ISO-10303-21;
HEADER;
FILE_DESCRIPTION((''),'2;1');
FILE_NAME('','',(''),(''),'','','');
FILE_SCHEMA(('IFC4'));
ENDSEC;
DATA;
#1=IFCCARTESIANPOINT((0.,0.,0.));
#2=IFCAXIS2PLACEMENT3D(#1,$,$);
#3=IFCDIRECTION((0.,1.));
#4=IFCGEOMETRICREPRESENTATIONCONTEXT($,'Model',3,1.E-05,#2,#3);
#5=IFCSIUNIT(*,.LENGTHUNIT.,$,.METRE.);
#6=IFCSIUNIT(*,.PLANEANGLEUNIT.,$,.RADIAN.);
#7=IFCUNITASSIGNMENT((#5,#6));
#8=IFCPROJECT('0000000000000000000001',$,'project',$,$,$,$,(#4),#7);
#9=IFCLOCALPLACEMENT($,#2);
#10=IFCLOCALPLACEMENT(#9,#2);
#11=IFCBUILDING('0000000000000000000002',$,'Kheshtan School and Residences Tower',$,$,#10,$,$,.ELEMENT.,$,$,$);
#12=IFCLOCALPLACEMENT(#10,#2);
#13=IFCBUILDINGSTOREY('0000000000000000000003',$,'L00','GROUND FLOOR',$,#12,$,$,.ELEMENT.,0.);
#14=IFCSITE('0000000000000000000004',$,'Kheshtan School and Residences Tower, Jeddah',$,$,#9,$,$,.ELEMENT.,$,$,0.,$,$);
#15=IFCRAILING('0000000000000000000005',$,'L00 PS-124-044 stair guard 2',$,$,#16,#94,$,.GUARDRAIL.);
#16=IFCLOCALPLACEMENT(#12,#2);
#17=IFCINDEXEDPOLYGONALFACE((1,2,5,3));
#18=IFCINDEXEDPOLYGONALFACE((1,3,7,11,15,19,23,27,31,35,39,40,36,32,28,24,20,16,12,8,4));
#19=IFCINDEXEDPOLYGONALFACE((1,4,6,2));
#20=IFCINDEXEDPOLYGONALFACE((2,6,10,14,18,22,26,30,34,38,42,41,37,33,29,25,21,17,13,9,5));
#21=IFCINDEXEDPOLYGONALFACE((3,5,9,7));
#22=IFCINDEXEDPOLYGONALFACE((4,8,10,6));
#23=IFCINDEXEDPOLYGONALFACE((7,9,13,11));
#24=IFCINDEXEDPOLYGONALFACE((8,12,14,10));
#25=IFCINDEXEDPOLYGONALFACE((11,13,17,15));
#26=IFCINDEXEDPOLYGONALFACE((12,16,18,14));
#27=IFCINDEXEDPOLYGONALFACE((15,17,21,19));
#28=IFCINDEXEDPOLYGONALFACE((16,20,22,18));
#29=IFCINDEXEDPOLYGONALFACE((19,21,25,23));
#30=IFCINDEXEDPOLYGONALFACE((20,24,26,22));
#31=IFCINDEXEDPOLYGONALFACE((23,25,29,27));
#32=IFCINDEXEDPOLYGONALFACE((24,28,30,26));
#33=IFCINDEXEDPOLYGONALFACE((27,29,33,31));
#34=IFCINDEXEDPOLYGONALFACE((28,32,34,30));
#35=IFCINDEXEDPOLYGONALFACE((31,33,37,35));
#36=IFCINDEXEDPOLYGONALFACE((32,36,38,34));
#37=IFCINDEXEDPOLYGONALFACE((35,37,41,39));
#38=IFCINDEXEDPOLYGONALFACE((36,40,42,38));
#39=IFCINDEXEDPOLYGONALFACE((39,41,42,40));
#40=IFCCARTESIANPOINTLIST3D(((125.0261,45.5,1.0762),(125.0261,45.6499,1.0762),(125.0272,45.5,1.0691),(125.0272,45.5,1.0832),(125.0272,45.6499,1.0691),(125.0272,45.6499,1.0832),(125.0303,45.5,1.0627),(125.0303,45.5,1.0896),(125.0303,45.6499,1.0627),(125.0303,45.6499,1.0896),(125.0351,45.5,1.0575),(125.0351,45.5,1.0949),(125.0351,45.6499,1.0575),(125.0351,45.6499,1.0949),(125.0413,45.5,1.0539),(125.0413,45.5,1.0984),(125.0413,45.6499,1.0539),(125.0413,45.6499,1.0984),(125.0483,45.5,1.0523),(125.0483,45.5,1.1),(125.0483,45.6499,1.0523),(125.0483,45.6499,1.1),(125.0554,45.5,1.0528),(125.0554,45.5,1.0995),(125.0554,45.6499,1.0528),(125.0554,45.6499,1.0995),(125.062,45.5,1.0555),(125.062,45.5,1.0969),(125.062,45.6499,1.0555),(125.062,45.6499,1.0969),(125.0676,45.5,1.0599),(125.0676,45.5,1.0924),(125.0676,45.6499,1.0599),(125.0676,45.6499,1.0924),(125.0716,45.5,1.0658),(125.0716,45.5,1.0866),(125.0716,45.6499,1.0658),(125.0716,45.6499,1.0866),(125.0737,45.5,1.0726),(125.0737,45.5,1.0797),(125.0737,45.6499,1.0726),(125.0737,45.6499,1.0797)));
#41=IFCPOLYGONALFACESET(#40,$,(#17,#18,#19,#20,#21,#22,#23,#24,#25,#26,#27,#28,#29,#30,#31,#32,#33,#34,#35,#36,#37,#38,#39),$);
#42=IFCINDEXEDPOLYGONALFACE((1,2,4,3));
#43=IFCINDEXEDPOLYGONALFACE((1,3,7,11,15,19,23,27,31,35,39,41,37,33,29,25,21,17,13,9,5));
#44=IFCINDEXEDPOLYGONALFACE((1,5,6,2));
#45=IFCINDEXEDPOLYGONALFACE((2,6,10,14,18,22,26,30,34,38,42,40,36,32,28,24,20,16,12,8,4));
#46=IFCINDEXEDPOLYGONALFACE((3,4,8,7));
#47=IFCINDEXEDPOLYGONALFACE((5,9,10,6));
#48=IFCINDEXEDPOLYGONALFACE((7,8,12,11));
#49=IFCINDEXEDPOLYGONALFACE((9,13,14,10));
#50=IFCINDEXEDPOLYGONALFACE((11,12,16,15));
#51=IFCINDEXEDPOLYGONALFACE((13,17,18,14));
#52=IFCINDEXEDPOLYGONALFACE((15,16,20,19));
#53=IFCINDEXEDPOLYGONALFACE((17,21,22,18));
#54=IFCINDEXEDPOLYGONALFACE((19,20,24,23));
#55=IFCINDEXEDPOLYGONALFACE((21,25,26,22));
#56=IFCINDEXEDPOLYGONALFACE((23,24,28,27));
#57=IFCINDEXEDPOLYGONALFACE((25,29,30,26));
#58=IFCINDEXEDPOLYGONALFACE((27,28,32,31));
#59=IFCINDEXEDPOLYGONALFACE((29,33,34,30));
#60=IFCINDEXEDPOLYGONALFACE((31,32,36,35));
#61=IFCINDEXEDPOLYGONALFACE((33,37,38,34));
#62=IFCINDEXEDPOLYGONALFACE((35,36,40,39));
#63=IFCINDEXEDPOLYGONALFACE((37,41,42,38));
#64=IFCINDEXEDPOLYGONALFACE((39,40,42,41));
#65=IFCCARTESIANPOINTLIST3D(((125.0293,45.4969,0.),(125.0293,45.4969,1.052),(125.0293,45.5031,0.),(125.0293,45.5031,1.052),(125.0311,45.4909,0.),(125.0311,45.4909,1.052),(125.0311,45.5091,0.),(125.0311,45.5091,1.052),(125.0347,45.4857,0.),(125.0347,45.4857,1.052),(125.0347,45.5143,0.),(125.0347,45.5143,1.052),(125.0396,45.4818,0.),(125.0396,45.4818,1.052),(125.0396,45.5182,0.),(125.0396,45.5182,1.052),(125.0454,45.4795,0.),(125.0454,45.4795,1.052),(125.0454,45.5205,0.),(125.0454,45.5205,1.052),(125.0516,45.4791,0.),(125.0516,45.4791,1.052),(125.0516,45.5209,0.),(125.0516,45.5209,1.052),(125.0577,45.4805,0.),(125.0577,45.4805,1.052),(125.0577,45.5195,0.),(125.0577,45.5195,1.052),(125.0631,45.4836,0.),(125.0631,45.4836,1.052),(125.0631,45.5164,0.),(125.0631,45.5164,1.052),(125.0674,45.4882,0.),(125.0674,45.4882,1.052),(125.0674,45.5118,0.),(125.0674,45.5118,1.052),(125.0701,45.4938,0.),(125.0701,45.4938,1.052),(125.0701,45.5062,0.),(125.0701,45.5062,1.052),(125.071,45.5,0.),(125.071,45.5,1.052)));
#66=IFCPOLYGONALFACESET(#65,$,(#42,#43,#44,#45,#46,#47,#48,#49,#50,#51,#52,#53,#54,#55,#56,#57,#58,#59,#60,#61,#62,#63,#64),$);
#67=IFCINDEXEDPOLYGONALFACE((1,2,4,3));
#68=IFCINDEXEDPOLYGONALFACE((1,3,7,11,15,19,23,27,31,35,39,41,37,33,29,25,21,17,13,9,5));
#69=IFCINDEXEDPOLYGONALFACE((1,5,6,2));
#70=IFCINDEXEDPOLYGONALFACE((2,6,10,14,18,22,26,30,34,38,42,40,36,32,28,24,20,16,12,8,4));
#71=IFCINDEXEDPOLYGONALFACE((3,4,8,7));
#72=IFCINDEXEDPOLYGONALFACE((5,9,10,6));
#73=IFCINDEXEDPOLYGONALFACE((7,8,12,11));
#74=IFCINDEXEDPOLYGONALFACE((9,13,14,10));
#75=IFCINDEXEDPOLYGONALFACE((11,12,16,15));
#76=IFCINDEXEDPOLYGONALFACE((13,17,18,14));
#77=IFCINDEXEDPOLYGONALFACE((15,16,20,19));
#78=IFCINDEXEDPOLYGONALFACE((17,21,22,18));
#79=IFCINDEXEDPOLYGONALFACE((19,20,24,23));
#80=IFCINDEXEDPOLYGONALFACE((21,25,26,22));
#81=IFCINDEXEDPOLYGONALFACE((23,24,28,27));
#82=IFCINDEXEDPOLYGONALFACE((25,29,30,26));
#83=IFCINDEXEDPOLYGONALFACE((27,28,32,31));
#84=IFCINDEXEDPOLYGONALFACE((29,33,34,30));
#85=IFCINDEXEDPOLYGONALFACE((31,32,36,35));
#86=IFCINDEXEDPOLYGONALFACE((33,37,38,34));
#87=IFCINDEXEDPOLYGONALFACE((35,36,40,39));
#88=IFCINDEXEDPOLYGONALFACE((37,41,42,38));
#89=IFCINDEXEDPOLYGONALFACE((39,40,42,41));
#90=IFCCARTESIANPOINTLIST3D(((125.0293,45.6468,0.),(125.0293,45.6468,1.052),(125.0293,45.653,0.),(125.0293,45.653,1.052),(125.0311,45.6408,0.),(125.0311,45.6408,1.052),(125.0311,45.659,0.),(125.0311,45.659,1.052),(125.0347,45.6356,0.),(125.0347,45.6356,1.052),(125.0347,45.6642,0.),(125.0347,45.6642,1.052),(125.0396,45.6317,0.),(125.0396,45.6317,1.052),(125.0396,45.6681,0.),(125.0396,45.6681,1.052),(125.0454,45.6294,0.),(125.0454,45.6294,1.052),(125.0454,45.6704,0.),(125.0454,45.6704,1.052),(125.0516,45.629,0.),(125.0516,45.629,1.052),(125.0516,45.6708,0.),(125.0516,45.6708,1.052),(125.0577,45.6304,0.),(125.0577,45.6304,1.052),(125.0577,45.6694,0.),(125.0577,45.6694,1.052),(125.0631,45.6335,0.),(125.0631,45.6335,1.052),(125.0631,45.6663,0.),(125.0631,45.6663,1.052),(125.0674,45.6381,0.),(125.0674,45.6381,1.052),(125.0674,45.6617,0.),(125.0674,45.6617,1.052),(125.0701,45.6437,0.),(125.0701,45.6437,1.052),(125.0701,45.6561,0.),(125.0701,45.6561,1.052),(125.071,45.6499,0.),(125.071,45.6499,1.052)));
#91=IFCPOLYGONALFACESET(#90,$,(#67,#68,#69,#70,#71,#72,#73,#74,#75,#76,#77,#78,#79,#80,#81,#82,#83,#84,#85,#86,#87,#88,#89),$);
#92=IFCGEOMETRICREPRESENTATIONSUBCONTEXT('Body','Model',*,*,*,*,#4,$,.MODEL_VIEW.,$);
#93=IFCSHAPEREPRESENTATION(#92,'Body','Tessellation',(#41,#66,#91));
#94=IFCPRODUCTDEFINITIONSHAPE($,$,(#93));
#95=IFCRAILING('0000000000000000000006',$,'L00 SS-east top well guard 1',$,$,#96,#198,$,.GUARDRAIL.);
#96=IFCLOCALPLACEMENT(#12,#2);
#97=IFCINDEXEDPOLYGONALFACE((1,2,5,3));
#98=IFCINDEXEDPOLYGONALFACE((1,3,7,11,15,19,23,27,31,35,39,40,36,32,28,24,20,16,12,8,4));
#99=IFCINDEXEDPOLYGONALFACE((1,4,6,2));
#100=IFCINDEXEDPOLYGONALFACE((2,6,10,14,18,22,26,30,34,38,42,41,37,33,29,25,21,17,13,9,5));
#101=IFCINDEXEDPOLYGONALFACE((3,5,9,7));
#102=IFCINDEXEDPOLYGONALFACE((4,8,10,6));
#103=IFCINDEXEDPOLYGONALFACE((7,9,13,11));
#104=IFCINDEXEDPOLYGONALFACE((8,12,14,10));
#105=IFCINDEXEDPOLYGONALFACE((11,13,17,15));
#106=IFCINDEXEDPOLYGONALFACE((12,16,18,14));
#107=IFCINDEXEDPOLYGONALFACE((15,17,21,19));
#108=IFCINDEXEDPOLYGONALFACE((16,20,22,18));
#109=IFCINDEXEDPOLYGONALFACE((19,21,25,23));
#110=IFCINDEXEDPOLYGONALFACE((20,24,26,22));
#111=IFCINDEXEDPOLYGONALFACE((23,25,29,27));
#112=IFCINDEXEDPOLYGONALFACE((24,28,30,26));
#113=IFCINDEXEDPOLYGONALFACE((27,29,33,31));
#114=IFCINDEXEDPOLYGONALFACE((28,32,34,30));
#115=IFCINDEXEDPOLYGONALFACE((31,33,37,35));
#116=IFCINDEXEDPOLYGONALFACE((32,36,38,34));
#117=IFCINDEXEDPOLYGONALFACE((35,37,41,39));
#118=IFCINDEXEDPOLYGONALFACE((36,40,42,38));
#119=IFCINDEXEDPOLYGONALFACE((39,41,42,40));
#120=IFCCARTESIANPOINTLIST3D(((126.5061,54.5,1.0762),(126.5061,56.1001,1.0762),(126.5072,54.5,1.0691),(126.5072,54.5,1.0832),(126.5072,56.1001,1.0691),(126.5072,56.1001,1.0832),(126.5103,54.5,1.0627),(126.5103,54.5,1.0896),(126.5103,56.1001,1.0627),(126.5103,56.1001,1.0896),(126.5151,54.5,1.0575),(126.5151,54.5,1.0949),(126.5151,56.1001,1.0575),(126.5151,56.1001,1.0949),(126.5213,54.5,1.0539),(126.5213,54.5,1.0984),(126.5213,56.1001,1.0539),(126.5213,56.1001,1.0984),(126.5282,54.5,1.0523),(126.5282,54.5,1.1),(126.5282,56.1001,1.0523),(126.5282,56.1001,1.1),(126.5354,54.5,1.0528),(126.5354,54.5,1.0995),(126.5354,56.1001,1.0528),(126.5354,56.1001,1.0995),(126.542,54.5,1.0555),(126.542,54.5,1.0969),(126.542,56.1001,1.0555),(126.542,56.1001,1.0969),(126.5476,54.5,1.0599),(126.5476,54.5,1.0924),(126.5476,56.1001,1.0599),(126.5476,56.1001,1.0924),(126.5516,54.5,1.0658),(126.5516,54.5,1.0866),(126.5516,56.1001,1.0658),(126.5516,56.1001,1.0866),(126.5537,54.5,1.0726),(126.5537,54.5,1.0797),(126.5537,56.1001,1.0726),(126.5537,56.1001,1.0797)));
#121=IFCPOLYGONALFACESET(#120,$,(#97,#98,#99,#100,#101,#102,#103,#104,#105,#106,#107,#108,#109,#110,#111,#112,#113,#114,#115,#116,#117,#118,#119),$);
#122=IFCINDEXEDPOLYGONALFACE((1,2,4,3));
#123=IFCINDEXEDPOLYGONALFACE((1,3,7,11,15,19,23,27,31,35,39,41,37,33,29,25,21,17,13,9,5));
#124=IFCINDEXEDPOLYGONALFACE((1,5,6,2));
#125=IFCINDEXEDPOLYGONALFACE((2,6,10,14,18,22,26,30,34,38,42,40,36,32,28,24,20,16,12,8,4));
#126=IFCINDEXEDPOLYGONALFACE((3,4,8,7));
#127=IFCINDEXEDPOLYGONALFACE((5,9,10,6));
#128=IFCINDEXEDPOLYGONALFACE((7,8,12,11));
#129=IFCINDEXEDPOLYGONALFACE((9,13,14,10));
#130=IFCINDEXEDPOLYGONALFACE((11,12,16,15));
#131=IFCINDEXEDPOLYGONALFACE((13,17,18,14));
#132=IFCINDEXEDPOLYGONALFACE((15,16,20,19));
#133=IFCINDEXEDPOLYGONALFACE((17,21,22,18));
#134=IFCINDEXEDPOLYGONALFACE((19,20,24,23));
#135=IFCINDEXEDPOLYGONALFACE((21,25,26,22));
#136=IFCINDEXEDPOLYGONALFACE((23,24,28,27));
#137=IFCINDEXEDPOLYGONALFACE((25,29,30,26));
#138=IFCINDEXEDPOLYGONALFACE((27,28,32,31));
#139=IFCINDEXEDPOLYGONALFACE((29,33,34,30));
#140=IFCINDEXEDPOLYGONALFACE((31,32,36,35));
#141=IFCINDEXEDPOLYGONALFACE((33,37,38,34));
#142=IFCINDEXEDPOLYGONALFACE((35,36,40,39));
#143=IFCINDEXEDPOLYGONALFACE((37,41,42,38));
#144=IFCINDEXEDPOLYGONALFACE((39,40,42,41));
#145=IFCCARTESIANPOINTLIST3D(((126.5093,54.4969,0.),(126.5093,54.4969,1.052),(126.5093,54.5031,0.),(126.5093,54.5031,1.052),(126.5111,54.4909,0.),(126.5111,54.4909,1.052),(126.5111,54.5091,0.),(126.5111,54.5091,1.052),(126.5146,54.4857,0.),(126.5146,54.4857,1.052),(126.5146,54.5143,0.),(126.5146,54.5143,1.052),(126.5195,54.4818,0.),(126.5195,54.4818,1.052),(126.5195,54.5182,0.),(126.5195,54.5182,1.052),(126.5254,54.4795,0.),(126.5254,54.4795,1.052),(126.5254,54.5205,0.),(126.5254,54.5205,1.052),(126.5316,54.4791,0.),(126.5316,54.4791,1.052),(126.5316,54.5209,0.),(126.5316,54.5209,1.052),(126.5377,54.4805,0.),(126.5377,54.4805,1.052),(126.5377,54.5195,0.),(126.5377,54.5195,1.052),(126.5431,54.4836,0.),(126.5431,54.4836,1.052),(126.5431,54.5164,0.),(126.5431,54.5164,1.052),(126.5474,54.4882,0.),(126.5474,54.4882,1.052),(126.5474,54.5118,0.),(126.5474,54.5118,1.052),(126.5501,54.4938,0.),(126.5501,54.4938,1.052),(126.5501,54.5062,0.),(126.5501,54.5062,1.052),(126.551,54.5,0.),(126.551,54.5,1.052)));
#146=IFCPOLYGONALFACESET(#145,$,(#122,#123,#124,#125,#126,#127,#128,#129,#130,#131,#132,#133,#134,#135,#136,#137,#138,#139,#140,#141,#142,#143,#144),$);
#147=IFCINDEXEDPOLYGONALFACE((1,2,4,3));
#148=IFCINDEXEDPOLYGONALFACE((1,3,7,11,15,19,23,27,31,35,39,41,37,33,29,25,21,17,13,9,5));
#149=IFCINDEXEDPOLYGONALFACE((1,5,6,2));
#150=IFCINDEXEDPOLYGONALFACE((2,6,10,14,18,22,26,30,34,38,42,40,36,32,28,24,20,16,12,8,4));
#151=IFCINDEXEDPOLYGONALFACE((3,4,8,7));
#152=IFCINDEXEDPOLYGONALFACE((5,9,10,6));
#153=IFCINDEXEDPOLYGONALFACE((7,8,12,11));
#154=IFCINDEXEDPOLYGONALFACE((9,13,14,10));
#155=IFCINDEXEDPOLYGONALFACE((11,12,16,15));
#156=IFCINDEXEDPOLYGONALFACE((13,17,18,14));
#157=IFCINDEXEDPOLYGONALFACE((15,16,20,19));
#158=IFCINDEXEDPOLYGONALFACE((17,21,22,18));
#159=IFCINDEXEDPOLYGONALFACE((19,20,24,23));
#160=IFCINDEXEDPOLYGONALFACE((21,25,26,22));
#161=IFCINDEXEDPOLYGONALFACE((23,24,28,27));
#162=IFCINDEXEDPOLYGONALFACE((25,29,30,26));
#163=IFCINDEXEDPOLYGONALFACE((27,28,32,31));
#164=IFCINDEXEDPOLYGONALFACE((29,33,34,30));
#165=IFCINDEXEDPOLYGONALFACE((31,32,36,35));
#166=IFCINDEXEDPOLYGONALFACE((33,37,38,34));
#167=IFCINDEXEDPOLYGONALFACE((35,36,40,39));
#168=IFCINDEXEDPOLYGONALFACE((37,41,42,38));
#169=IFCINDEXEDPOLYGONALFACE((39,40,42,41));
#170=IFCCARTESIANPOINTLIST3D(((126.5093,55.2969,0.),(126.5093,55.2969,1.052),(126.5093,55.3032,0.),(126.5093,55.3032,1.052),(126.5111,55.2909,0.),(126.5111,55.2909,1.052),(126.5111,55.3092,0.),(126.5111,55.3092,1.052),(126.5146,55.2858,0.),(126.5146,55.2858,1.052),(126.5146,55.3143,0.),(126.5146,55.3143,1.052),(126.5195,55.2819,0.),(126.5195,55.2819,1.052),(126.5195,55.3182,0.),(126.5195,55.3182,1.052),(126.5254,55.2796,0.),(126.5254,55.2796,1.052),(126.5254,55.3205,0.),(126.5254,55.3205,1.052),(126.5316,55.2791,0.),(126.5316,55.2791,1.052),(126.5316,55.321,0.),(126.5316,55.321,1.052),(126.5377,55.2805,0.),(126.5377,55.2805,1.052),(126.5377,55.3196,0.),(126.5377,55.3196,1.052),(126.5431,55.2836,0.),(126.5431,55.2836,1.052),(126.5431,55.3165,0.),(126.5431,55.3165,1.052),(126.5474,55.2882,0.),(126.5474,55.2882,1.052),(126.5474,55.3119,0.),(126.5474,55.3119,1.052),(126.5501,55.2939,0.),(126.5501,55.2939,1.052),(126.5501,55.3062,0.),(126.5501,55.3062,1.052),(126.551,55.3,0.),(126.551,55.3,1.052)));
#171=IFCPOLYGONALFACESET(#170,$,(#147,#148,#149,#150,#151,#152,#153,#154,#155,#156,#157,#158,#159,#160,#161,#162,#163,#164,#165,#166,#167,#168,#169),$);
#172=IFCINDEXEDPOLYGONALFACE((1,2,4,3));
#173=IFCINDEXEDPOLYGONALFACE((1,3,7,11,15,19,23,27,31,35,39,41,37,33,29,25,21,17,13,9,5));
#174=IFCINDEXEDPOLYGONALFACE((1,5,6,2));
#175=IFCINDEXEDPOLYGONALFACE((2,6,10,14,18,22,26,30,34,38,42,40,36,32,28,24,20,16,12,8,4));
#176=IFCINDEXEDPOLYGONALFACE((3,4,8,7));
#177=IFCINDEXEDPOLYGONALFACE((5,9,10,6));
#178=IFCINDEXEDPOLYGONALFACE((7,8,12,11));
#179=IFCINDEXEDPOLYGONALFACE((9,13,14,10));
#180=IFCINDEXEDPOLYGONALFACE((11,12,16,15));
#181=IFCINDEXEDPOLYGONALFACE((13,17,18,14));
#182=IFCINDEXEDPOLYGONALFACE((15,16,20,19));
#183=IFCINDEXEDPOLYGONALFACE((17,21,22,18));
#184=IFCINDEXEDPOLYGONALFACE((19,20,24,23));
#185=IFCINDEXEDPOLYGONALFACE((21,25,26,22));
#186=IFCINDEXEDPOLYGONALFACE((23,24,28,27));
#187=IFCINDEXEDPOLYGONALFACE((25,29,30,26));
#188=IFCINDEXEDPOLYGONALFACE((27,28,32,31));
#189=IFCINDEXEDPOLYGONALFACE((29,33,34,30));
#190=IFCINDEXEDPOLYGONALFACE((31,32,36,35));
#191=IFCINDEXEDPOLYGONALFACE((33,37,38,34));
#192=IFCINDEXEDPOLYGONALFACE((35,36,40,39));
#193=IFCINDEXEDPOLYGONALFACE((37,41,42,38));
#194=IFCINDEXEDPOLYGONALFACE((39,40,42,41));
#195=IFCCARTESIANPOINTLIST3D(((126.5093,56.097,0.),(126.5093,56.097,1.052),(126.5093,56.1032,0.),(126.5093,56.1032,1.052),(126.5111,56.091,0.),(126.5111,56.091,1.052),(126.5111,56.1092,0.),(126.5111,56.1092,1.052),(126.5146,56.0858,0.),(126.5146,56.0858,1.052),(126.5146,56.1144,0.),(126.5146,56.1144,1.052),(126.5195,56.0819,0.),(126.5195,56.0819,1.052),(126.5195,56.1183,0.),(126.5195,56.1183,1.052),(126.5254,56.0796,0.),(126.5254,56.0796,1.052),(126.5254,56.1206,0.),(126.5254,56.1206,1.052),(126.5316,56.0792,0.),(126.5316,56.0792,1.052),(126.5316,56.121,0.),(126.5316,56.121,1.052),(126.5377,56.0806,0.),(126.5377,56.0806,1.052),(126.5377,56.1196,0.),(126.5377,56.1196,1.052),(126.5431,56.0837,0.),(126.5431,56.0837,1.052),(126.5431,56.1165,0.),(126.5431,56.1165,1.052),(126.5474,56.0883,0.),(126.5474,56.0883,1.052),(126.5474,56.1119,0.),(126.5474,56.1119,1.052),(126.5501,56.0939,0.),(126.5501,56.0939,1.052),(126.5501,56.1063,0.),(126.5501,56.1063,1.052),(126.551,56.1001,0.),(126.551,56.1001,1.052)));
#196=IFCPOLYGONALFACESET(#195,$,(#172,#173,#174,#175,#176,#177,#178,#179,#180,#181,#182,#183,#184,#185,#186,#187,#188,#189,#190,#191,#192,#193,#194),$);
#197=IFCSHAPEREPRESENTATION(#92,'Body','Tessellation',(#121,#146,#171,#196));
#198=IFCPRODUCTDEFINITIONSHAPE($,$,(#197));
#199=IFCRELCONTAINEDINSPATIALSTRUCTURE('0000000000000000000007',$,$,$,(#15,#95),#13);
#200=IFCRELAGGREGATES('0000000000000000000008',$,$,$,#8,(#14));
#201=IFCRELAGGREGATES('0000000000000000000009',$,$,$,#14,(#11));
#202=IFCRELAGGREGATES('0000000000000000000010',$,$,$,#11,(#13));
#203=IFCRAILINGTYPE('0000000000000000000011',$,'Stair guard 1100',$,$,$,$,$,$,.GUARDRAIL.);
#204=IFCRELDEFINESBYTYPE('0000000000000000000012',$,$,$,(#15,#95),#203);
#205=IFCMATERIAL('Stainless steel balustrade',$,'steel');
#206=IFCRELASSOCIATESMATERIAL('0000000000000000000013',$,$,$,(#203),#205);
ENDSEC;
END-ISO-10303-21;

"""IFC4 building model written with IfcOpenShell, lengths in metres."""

from ifc_helpers import new_model, si_unit, direction, frame, origin, origin_2d, place, context, subcontext, project, spatial, circle, extrude, material, type_object, element, save


model = new_model("IFC4")

# Units and contexts
model_context = context("Model", 3, precision=1e-05, world=origin(), true_north=direction((0.0, 1.0)))
body_context = subcontext(model_context, "Body", "Model", "MODEL_VIEW")
ifc_project = project(units=[si_unit("LENGTHUNIT", "METRE"), si_unit("PLANEANGLEUNIT", "RADIAN")], contexts=[model_context])

# Site, building, storey
site_placement = place(None, origin())
site = spatial("IfcSite", under=ifc_project, at=site_placement, Name="Kheshtan School and Residences Tower, Jeddah", CompositionType="ELEMENT", RefElevation=0.0)
building_placement = place(site_placement, origin())
building = spatial("IfcBuilding", under=site, at=building_placement, Name="Kheshtan School and Residences Tower", CompositionType="ELEMENT")
storey_placement = place(building_placement, origin())
storey = spatial("IfcBuildingStorey", under=building, at=storey_placement, Name="L00", Description="GROUND FLOOR", CompositionType="ELEMENT", Elevation=0.0)

# Railings
ifc_material_1 = material(Name="Stainless steel balustrade", Category="steel")
railing_type_1 = type_object("IfcRailingType", Name="Stair guard 1100", PredefinedType="GUARDRAIL", material=ifc_material_1)
railing_1_placement = place(storey_placement, frame((125.05, 45.5, 0.0)))
element("IfcRailing", 1, at=railing_1_placement, inside=storey, type_object=railing_type_1, Name="L00 PS-124-044 stair guard 2", PredefinedType="GUARDRAIL", context=body_context, shape_type="SweptSolid", body=[
    extrude(circle(Radius=0.0239, at=origin_2d()), frame((0.0, 0.0, 1.0762), z_axis=(0.0, 1.0, 0.0), x_axis=(-1.0, 0.0, 0.0)), (0.0, 0.0, 1.0), 0.1499),
    extrude(circle(Radius=0.021, at=origin_2d()), origin(), (0.0, 0.0, 1.0), 1.052),
    extrude(circle(Radius=0.021, at=origin_2d()), frame((0.0, 0.1499, 0.0)), (0.0, 0.0, 1.0), 1.052),
])
railing_2_placement = place(storey_placement, frame((126.53, 54.5, 0.0)))
element("IfcRailing", 2, at=railing_2_placement, inside=storey, type_object=railing_type_1, Name="L00 SS-east top well guard 1", PredefinedType="GUARDRAIL", context=body_context, shape_type="SweptSolid", body=[
    extrude(circle(Radius=0.0239, at=origin_2d()), frame((0.0, 0.0, 1.0762), z_axis=(0.0, 1.0, 0.0), x_axis=(-1.0, 0.0, 0.0)), (0.0, 0.0, 1.0), 1.6001),
    extrude(circle(Radius=0.021, at=origin_2d()), origin(), (0.0, 0.0, 1.0), 1.052),
    extrude(circle(Radius=0.021, at=origin_2d()), frame((0.0, 0.8, 0.0)), (0.0, 0.0, 1.0), 1.052),
    extrude(circle(Radius=0.021, at=origin_2d()), frame((0.0, 1.6001, 0.0)), (0.0, 0.0, 1.0), 1.052),
])

save(model, "model.ifc")
